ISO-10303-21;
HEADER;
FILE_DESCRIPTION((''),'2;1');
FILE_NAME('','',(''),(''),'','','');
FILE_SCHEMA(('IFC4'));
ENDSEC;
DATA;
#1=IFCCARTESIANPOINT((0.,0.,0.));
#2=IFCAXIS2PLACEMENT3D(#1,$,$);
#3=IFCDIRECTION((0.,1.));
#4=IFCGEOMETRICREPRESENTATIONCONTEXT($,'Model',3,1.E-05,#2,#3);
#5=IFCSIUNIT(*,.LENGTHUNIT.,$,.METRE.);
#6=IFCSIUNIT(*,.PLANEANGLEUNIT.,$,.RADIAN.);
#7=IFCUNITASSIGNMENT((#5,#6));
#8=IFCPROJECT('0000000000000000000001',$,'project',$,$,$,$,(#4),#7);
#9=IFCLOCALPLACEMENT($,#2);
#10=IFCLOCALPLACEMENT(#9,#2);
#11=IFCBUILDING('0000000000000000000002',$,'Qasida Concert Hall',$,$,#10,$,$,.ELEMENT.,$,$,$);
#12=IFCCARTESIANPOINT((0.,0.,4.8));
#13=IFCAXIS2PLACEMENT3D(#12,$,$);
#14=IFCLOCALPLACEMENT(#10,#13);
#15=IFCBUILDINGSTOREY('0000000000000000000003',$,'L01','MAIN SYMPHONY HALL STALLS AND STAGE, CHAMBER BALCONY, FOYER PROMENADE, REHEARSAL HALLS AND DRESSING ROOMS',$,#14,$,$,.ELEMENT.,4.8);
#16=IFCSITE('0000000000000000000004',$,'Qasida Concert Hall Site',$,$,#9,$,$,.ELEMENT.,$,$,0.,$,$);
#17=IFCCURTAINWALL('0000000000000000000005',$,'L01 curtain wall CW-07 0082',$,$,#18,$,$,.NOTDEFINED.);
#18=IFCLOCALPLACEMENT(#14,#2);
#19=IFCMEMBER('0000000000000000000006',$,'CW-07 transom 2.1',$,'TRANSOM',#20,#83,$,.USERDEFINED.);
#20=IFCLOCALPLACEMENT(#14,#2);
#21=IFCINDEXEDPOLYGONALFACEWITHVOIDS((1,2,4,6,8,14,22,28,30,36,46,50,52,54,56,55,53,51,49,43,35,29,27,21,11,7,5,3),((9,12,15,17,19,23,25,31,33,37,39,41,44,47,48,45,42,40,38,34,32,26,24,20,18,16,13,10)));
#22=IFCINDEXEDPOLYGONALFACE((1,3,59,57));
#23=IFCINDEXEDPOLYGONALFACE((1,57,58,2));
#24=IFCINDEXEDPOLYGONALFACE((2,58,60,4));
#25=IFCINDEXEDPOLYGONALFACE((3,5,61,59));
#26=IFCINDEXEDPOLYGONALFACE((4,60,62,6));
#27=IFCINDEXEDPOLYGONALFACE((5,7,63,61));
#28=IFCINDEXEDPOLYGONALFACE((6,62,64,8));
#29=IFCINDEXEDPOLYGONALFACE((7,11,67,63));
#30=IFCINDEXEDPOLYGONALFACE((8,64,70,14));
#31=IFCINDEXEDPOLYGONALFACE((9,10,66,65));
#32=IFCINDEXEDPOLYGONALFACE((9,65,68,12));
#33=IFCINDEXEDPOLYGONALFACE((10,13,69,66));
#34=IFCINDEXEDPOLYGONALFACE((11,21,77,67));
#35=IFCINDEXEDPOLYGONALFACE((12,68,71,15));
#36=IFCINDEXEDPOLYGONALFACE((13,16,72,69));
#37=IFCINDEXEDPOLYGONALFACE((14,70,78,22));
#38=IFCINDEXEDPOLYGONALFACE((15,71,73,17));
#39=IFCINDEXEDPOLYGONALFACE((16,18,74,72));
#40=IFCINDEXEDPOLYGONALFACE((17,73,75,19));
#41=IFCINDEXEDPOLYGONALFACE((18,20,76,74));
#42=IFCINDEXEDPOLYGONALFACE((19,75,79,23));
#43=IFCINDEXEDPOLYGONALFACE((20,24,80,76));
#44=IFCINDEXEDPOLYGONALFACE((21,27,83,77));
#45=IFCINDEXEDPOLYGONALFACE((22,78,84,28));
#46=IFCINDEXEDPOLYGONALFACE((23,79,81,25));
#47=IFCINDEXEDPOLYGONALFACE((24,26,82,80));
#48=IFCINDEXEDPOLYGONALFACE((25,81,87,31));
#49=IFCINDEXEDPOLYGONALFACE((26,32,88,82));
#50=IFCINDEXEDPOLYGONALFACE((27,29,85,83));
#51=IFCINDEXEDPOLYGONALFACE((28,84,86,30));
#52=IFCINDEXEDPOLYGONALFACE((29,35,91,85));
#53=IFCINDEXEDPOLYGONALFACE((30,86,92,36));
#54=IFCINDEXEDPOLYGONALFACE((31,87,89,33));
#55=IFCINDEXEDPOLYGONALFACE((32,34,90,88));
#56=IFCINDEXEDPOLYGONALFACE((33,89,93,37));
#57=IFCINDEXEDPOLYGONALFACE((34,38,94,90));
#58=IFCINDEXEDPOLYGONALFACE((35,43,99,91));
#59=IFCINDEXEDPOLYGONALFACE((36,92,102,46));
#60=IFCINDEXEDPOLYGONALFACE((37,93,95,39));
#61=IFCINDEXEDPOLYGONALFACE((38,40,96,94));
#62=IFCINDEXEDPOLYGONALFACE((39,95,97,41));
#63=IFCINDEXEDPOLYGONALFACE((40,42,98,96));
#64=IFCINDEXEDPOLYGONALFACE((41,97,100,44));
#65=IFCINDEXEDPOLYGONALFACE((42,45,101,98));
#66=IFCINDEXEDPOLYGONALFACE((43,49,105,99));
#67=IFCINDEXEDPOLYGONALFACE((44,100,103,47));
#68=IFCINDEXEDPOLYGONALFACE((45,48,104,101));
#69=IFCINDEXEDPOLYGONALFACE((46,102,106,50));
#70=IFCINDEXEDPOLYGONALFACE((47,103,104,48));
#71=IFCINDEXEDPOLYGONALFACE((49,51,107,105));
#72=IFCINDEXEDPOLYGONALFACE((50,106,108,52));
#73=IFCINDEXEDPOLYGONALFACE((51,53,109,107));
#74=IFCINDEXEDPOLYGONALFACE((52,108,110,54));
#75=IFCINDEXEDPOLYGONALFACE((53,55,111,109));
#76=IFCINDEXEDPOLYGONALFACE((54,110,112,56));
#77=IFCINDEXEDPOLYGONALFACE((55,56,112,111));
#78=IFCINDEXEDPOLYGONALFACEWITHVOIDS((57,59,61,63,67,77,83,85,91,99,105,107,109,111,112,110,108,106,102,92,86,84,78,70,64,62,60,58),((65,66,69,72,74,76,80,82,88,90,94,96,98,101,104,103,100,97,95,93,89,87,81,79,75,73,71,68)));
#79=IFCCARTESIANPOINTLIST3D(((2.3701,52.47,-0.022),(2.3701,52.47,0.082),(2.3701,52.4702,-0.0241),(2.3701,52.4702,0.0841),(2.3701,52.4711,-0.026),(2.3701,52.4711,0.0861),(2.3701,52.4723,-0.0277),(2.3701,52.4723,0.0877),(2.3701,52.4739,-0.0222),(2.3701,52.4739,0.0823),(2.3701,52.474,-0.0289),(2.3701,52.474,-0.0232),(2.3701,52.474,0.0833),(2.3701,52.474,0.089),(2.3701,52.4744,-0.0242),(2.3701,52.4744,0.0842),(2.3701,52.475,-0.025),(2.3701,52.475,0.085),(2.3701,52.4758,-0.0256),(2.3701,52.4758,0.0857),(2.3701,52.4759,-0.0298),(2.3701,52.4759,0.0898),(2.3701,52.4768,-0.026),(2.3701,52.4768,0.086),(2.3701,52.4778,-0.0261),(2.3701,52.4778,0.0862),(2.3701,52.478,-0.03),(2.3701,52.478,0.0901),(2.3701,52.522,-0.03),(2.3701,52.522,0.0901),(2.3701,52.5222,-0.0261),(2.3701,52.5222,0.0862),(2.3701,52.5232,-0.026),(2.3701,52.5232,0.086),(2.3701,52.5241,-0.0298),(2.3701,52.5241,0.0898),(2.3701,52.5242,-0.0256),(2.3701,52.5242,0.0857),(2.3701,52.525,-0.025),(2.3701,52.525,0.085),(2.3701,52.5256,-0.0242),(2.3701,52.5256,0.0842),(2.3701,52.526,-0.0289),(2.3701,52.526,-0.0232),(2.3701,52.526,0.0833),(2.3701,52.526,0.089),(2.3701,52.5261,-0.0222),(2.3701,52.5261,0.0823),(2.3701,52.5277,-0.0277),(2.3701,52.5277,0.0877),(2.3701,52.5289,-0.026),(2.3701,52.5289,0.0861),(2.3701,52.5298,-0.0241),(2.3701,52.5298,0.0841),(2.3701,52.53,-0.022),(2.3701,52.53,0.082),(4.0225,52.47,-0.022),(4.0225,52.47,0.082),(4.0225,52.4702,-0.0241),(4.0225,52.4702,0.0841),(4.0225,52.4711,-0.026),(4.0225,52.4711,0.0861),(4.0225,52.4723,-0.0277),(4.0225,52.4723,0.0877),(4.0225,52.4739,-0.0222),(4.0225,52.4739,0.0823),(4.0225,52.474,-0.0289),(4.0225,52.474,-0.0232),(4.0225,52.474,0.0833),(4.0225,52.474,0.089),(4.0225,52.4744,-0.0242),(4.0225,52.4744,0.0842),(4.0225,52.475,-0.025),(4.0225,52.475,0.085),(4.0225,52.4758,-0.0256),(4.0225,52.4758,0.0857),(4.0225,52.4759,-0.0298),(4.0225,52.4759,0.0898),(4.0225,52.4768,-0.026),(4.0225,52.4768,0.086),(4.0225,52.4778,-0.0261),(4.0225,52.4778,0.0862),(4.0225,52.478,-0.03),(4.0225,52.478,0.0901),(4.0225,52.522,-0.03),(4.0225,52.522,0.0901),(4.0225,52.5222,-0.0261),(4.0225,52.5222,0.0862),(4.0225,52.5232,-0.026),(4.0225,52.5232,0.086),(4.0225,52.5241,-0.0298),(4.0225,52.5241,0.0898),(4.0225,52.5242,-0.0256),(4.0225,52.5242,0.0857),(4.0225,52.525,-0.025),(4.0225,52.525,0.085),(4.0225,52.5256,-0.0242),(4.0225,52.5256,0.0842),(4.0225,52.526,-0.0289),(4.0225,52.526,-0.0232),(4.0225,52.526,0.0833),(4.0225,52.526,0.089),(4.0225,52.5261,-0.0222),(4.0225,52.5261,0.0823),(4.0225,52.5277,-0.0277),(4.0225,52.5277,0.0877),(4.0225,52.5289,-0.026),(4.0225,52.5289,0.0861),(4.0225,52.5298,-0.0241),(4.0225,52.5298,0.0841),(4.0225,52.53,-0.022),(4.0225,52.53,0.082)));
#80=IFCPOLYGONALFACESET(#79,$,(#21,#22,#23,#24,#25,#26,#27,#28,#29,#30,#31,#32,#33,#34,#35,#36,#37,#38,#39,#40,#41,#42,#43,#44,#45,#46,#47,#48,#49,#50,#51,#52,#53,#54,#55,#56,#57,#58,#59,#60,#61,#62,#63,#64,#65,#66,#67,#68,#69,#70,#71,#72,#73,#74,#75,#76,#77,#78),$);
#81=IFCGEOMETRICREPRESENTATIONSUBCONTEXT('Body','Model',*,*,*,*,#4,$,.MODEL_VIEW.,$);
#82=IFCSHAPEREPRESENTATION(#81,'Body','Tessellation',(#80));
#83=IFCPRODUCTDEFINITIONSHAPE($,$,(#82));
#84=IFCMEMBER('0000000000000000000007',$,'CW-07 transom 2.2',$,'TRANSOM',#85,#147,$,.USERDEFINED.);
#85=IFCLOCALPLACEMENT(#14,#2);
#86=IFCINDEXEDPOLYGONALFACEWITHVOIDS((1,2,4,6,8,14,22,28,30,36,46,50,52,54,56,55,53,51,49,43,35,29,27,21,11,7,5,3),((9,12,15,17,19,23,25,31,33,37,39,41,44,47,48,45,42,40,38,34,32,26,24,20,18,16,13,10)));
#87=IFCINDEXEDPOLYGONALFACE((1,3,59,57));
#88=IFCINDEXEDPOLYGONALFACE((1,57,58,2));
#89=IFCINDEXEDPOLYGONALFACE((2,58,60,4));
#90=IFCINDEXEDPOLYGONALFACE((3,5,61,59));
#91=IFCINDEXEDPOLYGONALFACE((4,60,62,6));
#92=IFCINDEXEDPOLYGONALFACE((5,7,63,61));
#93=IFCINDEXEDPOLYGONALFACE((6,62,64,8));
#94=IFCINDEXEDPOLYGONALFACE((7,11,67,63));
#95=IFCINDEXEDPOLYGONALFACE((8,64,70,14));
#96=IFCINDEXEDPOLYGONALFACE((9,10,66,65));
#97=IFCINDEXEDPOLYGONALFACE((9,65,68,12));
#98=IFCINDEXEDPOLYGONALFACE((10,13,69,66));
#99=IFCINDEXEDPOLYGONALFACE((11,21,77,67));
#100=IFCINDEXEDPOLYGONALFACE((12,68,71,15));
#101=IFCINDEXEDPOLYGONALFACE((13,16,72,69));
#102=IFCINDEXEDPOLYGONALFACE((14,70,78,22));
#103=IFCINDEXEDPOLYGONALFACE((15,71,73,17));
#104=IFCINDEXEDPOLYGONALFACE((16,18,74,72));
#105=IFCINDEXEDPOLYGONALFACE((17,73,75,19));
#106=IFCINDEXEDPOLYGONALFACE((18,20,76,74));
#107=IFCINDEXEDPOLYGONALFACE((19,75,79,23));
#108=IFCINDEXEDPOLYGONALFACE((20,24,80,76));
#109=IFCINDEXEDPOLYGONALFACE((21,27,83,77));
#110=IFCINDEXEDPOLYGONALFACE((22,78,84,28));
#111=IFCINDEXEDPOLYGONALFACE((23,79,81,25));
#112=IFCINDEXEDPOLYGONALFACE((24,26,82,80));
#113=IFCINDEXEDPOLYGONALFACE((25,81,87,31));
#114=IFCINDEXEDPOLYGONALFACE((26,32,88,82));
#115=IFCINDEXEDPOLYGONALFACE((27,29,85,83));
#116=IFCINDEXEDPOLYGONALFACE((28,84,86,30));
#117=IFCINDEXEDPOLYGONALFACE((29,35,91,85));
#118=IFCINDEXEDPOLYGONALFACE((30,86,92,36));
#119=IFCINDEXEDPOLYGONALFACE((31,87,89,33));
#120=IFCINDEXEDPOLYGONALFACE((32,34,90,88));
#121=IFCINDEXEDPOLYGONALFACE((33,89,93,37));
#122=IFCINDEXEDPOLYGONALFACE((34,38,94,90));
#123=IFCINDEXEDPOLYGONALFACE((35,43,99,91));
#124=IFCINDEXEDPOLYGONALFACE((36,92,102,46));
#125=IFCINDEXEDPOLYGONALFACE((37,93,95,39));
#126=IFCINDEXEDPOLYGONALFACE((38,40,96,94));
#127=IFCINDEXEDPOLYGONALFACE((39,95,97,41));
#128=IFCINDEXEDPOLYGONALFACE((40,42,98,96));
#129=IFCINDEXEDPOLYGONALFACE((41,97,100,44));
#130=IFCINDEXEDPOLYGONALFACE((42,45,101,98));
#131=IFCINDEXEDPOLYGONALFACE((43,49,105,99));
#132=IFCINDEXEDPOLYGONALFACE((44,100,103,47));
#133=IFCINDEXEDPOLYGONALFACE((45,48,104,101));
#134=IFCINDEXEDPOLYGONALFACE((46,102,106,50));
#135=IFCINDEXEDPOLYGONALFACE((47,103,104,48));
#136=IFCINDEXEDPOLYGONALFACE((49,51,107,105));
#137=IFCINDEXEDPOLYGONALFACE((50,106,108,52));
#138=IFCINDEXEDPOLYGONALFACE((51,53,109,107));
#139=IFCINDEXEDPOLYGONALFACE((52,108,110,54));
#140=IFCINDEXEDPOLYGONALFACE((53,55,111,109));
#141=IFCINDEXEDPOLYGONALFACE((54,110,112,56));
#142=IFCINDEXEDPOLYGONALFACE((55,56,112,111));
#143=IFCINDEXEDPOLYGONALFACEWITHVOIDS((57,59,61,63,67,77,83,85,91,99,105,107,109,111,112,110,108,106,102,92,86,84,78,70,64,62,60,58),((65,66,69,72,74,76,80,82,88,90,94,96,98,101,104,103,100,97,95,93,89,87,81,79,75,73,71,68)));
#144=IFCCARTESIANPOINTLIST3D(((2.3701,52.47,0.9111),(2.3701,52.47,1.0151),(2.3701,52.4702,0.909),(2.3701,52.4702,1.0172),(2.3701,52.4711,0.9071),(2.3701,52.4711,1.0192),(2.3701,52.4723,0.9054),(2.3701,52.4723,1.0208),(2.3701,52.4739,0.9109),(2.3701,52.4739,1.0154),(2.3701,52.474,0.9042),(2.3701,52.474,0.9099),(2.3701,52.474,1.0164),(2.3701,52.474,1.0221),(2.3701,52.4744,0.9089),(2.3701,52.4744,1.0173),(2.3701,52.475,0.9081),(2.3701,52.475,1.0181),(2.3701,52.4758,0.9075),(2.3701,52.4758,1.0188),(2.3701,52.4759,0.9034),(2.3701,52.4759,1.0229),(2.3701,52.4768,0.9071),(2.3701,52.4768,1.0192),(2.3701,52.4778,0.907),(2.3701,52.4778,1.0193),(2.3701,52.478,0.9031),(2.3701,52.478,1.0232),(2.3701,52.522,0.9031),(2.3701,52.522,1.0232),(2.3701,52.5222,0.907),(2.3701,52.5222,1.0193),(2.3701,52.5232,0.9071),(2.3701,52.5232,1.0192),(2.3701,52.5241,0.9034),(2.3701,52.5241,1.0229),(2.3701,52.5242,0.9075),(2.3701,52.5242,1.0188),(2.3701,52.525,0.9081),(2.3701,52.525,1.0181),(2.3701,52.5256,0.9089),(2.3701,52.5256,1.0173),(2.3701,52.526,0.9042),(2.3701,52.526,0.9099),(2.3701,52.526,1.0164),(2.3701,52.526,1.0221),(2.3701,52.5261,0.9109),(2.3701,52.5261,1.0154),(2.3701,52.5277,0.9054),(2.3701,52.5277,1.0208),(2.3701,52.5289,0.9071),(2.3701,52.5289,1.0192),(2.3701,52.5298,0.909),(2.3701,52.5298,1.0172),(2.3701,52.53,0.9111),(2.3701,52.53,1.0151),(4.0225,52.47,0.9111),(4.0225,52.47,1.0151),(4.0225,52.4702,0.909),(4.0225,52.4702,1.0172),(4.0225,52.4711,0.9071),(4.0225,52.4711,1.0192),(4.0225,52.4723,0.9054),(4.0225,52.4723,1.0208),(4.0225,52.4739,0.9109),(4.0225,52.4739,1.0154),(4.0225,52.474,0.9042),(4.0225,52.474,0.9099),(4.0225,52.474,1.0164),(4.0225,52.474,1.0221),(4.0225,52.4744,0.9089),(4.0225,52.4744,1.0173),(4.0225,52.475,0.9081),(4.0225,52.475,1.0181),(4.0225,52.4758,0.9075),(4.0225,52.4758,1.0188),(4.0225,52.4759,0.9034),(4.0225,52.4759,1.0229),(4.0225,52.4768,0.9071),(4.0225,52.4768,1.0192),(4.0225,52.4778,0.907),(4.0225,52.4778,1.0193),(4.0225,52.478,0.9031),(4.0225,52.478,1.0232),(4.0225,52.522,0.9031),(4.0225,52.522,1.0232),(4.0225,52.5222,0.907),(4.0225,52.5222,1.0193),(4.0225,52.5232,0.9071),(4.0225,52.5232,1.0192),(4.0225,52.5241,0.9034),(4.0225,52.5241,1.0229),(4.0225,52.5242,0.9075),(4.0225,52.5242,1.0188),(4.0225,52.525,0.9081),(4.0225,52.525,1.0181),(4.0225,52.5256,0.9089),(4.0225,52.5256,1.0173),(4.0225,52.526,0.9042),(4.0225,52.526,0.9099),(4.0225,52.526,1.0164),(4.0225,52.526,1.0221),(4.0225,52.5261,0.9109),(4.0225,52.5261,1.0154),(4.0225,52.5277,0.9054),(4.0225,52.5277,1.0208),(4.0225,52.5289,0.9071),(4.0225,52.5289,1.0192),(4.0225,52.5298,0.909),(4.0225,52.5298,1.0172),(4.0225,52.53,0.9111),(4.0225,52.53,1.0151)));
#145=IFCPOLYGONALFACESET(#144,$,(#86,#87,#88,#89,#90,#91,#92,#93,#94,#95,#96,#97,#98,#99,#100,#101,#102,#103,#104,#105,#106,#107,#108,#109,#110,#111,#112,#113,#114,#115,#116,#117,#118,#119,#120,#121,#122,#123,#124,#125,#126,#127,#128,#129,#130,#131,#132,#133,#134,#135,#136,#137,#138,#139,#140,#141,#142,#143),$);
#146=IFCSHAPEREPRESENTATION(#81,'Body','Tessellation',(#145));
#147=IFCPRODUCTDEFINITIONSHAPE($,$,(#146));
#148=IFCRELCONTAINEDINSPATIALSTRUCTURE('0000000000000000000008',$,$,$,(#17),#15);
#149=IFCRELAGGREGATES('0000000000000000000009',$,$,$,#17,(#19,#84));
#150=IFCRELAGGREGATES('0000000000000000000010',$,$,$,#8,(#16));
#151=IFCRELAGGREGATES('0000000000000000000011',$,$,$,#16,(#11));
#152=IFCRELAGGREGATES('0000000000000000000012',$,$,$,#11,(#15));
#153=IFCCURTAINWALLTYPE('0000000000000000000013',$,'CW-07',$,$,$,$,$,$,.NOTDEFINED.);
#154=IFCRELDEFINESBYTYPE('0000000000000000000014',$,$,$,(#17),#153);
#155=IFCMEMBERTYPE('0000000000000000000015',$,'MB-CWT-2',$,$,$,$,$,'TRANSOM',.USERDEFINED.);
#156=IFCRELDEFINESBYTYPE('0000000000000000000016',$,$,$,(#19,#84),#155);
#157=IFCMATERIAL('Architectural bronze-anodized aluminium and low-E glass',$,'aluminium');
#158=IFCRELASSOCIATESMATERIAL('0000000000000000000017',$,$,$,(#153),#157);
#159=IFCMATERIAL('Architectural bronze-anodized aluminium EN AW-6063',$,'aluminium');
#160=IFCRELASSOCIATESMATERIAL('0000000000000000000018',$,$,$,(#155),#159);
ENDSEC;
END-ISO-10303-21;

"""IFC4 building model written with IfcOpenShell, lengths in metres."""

from ifc_helpers import new_model, si_unit, direction, frame, origin, origin_2d, place, context, subcontext, project, spatial, hollow_rectangle, extrude, material, material_profile, profile_set, type_object, element, aggregate, save


model = new_model("IFC4")

# Units and contexts
model_context = context("Model", 3, precision=1e-05, world=origin(), true_north=direction((0.0, 1.0)))
body_context = subcontext(model_context, "Body", "Model", "MODEL_VIEW")
ifc_project = project(units=[si_unit("LENGTHUNIT", "METRE"), si_unit("PLANEANGLEUNIT", "RADIAN")], contexts=[model_context])

# Site, building, storey
site_placement = place(None, origin())
site = spatial("IfcSite", under=ifc_project, at=site_placement, Name="Qasida Concert Hall Site", CompositionType="ELEMENT", RefElevation=0.0)
building_placement = place(site_placement, origin())
building = spatial("IfcBuilding", under=site, at=building_placement, Name="Qasida Concert Hall", CompositionType="ELEMENT")
storey_placement = place(building_placement, frame((0.0, 0.0, 4.8)))
storey = spatial("IfcBuildingStorey", under=building, at=storey_placement, Name="L01", Description="MAIN SYMPHONY HALL STALLS AND STAGE, CHAMBER BALCONY, FOYER PROMENADE, REHEARSAL HALLS AND DRESSING ROOMS", CompositionType="ELEMENT", Elevation=4.8)

# Curtain wall, members
ifc_material_1 = material(Name="Architectural bronze-anodized aluminium and low-E glass", Category="aluminium")
curtain_wall_type = type_object("IfcCurtainWallType", Name="CW-07", PredefinedType="NOTDEFINED", material=ifc_material_1)
curtain_wall_placement = place(storey_placement, origin())
curtain_wall = element("IfcCurtainWall", 1, at=curtain_wall_placement, inside=storey, type_object=curtain_wall_type, Name="L01 curtain wall CW-07 0082", PredefinedType="NOTDEFINED")
ifc_material_2 = material(Name="Architectural bronze-anodized aluminium EN AW-6063", Category="aluminium")
ifc_material_profile_1 = material_profile(ifc_material_2, hollow_rectangle(XDim=0.0601, YDim=0.1201, WallThickness=0.0039, InnerFilletRadius=0.0039, OuterFilletRadius=0.0081, at=origin_2d()), Name="CWT 120x60x4")
ifc_profile_set_1 = profile_set([ifc_material_profile_1], Name="Architectural bronze-anodized aluminium EN AW-6063")
member_type_1 = type_object("IfcMemberType", Name="MB-CWT-2", ElementType="TRANSOM", PredefinedType="USERDEFINED", material=ifc_profile_set_1)
member_1_placement = place(storey_placement, frame((2.3701, 52.5, 0.03), z_axis=(1.0, 0.0, 0.0), x_axis=(0.0, 1.0, 0.0)))
member_1 = element("IfcMember", 2, at=member_1_placement, type_object=member_type_1, Name="CW-07 transom 2.1", ObjectType="TRANSOM", PredefinedType="USERDEFINED", context=body_context, shape_type="SweptSolid", body=[
    extrude(hollow_rectangle(XDim=0.0601, YDim=0.1201, WallThickness=0.0039, InnerFilletRadius=0.0039, OuterFilletRadius=0.0081, at=origin_2d()), origin(), (0.0, 0.0, 1.0), 1.6523),
])
member_2_placement = place(storey_placement, frame((2.3701, 52.5, 0.9631), z_axis=(1.0, 0.0, 0.0), x_axis=(0.0, 1.0, 0.0)))
member_2 = element("IfcMember", 3, at=member_2_placement, type_object=member_type_1, Name="CW-07 transom 2.2", ObjectType="TRANSOM", PredefinedType="USERDEFINED", context=body_context, shape_type="SweptSolid", body=[
    extrude(hollow_rectangle(XDim=0.0601, YDim=0.1201, WallThickness=0.0039, InnerFilletRadius=0.0039, OuterFilletRadius=0.0081, at=origin_2d()), origin(), (0.0, 0.0, 1.0), 1.6523),
])
aggregate(curtain_wall, [member_1, member_2])

save(model, "model.ifc")
